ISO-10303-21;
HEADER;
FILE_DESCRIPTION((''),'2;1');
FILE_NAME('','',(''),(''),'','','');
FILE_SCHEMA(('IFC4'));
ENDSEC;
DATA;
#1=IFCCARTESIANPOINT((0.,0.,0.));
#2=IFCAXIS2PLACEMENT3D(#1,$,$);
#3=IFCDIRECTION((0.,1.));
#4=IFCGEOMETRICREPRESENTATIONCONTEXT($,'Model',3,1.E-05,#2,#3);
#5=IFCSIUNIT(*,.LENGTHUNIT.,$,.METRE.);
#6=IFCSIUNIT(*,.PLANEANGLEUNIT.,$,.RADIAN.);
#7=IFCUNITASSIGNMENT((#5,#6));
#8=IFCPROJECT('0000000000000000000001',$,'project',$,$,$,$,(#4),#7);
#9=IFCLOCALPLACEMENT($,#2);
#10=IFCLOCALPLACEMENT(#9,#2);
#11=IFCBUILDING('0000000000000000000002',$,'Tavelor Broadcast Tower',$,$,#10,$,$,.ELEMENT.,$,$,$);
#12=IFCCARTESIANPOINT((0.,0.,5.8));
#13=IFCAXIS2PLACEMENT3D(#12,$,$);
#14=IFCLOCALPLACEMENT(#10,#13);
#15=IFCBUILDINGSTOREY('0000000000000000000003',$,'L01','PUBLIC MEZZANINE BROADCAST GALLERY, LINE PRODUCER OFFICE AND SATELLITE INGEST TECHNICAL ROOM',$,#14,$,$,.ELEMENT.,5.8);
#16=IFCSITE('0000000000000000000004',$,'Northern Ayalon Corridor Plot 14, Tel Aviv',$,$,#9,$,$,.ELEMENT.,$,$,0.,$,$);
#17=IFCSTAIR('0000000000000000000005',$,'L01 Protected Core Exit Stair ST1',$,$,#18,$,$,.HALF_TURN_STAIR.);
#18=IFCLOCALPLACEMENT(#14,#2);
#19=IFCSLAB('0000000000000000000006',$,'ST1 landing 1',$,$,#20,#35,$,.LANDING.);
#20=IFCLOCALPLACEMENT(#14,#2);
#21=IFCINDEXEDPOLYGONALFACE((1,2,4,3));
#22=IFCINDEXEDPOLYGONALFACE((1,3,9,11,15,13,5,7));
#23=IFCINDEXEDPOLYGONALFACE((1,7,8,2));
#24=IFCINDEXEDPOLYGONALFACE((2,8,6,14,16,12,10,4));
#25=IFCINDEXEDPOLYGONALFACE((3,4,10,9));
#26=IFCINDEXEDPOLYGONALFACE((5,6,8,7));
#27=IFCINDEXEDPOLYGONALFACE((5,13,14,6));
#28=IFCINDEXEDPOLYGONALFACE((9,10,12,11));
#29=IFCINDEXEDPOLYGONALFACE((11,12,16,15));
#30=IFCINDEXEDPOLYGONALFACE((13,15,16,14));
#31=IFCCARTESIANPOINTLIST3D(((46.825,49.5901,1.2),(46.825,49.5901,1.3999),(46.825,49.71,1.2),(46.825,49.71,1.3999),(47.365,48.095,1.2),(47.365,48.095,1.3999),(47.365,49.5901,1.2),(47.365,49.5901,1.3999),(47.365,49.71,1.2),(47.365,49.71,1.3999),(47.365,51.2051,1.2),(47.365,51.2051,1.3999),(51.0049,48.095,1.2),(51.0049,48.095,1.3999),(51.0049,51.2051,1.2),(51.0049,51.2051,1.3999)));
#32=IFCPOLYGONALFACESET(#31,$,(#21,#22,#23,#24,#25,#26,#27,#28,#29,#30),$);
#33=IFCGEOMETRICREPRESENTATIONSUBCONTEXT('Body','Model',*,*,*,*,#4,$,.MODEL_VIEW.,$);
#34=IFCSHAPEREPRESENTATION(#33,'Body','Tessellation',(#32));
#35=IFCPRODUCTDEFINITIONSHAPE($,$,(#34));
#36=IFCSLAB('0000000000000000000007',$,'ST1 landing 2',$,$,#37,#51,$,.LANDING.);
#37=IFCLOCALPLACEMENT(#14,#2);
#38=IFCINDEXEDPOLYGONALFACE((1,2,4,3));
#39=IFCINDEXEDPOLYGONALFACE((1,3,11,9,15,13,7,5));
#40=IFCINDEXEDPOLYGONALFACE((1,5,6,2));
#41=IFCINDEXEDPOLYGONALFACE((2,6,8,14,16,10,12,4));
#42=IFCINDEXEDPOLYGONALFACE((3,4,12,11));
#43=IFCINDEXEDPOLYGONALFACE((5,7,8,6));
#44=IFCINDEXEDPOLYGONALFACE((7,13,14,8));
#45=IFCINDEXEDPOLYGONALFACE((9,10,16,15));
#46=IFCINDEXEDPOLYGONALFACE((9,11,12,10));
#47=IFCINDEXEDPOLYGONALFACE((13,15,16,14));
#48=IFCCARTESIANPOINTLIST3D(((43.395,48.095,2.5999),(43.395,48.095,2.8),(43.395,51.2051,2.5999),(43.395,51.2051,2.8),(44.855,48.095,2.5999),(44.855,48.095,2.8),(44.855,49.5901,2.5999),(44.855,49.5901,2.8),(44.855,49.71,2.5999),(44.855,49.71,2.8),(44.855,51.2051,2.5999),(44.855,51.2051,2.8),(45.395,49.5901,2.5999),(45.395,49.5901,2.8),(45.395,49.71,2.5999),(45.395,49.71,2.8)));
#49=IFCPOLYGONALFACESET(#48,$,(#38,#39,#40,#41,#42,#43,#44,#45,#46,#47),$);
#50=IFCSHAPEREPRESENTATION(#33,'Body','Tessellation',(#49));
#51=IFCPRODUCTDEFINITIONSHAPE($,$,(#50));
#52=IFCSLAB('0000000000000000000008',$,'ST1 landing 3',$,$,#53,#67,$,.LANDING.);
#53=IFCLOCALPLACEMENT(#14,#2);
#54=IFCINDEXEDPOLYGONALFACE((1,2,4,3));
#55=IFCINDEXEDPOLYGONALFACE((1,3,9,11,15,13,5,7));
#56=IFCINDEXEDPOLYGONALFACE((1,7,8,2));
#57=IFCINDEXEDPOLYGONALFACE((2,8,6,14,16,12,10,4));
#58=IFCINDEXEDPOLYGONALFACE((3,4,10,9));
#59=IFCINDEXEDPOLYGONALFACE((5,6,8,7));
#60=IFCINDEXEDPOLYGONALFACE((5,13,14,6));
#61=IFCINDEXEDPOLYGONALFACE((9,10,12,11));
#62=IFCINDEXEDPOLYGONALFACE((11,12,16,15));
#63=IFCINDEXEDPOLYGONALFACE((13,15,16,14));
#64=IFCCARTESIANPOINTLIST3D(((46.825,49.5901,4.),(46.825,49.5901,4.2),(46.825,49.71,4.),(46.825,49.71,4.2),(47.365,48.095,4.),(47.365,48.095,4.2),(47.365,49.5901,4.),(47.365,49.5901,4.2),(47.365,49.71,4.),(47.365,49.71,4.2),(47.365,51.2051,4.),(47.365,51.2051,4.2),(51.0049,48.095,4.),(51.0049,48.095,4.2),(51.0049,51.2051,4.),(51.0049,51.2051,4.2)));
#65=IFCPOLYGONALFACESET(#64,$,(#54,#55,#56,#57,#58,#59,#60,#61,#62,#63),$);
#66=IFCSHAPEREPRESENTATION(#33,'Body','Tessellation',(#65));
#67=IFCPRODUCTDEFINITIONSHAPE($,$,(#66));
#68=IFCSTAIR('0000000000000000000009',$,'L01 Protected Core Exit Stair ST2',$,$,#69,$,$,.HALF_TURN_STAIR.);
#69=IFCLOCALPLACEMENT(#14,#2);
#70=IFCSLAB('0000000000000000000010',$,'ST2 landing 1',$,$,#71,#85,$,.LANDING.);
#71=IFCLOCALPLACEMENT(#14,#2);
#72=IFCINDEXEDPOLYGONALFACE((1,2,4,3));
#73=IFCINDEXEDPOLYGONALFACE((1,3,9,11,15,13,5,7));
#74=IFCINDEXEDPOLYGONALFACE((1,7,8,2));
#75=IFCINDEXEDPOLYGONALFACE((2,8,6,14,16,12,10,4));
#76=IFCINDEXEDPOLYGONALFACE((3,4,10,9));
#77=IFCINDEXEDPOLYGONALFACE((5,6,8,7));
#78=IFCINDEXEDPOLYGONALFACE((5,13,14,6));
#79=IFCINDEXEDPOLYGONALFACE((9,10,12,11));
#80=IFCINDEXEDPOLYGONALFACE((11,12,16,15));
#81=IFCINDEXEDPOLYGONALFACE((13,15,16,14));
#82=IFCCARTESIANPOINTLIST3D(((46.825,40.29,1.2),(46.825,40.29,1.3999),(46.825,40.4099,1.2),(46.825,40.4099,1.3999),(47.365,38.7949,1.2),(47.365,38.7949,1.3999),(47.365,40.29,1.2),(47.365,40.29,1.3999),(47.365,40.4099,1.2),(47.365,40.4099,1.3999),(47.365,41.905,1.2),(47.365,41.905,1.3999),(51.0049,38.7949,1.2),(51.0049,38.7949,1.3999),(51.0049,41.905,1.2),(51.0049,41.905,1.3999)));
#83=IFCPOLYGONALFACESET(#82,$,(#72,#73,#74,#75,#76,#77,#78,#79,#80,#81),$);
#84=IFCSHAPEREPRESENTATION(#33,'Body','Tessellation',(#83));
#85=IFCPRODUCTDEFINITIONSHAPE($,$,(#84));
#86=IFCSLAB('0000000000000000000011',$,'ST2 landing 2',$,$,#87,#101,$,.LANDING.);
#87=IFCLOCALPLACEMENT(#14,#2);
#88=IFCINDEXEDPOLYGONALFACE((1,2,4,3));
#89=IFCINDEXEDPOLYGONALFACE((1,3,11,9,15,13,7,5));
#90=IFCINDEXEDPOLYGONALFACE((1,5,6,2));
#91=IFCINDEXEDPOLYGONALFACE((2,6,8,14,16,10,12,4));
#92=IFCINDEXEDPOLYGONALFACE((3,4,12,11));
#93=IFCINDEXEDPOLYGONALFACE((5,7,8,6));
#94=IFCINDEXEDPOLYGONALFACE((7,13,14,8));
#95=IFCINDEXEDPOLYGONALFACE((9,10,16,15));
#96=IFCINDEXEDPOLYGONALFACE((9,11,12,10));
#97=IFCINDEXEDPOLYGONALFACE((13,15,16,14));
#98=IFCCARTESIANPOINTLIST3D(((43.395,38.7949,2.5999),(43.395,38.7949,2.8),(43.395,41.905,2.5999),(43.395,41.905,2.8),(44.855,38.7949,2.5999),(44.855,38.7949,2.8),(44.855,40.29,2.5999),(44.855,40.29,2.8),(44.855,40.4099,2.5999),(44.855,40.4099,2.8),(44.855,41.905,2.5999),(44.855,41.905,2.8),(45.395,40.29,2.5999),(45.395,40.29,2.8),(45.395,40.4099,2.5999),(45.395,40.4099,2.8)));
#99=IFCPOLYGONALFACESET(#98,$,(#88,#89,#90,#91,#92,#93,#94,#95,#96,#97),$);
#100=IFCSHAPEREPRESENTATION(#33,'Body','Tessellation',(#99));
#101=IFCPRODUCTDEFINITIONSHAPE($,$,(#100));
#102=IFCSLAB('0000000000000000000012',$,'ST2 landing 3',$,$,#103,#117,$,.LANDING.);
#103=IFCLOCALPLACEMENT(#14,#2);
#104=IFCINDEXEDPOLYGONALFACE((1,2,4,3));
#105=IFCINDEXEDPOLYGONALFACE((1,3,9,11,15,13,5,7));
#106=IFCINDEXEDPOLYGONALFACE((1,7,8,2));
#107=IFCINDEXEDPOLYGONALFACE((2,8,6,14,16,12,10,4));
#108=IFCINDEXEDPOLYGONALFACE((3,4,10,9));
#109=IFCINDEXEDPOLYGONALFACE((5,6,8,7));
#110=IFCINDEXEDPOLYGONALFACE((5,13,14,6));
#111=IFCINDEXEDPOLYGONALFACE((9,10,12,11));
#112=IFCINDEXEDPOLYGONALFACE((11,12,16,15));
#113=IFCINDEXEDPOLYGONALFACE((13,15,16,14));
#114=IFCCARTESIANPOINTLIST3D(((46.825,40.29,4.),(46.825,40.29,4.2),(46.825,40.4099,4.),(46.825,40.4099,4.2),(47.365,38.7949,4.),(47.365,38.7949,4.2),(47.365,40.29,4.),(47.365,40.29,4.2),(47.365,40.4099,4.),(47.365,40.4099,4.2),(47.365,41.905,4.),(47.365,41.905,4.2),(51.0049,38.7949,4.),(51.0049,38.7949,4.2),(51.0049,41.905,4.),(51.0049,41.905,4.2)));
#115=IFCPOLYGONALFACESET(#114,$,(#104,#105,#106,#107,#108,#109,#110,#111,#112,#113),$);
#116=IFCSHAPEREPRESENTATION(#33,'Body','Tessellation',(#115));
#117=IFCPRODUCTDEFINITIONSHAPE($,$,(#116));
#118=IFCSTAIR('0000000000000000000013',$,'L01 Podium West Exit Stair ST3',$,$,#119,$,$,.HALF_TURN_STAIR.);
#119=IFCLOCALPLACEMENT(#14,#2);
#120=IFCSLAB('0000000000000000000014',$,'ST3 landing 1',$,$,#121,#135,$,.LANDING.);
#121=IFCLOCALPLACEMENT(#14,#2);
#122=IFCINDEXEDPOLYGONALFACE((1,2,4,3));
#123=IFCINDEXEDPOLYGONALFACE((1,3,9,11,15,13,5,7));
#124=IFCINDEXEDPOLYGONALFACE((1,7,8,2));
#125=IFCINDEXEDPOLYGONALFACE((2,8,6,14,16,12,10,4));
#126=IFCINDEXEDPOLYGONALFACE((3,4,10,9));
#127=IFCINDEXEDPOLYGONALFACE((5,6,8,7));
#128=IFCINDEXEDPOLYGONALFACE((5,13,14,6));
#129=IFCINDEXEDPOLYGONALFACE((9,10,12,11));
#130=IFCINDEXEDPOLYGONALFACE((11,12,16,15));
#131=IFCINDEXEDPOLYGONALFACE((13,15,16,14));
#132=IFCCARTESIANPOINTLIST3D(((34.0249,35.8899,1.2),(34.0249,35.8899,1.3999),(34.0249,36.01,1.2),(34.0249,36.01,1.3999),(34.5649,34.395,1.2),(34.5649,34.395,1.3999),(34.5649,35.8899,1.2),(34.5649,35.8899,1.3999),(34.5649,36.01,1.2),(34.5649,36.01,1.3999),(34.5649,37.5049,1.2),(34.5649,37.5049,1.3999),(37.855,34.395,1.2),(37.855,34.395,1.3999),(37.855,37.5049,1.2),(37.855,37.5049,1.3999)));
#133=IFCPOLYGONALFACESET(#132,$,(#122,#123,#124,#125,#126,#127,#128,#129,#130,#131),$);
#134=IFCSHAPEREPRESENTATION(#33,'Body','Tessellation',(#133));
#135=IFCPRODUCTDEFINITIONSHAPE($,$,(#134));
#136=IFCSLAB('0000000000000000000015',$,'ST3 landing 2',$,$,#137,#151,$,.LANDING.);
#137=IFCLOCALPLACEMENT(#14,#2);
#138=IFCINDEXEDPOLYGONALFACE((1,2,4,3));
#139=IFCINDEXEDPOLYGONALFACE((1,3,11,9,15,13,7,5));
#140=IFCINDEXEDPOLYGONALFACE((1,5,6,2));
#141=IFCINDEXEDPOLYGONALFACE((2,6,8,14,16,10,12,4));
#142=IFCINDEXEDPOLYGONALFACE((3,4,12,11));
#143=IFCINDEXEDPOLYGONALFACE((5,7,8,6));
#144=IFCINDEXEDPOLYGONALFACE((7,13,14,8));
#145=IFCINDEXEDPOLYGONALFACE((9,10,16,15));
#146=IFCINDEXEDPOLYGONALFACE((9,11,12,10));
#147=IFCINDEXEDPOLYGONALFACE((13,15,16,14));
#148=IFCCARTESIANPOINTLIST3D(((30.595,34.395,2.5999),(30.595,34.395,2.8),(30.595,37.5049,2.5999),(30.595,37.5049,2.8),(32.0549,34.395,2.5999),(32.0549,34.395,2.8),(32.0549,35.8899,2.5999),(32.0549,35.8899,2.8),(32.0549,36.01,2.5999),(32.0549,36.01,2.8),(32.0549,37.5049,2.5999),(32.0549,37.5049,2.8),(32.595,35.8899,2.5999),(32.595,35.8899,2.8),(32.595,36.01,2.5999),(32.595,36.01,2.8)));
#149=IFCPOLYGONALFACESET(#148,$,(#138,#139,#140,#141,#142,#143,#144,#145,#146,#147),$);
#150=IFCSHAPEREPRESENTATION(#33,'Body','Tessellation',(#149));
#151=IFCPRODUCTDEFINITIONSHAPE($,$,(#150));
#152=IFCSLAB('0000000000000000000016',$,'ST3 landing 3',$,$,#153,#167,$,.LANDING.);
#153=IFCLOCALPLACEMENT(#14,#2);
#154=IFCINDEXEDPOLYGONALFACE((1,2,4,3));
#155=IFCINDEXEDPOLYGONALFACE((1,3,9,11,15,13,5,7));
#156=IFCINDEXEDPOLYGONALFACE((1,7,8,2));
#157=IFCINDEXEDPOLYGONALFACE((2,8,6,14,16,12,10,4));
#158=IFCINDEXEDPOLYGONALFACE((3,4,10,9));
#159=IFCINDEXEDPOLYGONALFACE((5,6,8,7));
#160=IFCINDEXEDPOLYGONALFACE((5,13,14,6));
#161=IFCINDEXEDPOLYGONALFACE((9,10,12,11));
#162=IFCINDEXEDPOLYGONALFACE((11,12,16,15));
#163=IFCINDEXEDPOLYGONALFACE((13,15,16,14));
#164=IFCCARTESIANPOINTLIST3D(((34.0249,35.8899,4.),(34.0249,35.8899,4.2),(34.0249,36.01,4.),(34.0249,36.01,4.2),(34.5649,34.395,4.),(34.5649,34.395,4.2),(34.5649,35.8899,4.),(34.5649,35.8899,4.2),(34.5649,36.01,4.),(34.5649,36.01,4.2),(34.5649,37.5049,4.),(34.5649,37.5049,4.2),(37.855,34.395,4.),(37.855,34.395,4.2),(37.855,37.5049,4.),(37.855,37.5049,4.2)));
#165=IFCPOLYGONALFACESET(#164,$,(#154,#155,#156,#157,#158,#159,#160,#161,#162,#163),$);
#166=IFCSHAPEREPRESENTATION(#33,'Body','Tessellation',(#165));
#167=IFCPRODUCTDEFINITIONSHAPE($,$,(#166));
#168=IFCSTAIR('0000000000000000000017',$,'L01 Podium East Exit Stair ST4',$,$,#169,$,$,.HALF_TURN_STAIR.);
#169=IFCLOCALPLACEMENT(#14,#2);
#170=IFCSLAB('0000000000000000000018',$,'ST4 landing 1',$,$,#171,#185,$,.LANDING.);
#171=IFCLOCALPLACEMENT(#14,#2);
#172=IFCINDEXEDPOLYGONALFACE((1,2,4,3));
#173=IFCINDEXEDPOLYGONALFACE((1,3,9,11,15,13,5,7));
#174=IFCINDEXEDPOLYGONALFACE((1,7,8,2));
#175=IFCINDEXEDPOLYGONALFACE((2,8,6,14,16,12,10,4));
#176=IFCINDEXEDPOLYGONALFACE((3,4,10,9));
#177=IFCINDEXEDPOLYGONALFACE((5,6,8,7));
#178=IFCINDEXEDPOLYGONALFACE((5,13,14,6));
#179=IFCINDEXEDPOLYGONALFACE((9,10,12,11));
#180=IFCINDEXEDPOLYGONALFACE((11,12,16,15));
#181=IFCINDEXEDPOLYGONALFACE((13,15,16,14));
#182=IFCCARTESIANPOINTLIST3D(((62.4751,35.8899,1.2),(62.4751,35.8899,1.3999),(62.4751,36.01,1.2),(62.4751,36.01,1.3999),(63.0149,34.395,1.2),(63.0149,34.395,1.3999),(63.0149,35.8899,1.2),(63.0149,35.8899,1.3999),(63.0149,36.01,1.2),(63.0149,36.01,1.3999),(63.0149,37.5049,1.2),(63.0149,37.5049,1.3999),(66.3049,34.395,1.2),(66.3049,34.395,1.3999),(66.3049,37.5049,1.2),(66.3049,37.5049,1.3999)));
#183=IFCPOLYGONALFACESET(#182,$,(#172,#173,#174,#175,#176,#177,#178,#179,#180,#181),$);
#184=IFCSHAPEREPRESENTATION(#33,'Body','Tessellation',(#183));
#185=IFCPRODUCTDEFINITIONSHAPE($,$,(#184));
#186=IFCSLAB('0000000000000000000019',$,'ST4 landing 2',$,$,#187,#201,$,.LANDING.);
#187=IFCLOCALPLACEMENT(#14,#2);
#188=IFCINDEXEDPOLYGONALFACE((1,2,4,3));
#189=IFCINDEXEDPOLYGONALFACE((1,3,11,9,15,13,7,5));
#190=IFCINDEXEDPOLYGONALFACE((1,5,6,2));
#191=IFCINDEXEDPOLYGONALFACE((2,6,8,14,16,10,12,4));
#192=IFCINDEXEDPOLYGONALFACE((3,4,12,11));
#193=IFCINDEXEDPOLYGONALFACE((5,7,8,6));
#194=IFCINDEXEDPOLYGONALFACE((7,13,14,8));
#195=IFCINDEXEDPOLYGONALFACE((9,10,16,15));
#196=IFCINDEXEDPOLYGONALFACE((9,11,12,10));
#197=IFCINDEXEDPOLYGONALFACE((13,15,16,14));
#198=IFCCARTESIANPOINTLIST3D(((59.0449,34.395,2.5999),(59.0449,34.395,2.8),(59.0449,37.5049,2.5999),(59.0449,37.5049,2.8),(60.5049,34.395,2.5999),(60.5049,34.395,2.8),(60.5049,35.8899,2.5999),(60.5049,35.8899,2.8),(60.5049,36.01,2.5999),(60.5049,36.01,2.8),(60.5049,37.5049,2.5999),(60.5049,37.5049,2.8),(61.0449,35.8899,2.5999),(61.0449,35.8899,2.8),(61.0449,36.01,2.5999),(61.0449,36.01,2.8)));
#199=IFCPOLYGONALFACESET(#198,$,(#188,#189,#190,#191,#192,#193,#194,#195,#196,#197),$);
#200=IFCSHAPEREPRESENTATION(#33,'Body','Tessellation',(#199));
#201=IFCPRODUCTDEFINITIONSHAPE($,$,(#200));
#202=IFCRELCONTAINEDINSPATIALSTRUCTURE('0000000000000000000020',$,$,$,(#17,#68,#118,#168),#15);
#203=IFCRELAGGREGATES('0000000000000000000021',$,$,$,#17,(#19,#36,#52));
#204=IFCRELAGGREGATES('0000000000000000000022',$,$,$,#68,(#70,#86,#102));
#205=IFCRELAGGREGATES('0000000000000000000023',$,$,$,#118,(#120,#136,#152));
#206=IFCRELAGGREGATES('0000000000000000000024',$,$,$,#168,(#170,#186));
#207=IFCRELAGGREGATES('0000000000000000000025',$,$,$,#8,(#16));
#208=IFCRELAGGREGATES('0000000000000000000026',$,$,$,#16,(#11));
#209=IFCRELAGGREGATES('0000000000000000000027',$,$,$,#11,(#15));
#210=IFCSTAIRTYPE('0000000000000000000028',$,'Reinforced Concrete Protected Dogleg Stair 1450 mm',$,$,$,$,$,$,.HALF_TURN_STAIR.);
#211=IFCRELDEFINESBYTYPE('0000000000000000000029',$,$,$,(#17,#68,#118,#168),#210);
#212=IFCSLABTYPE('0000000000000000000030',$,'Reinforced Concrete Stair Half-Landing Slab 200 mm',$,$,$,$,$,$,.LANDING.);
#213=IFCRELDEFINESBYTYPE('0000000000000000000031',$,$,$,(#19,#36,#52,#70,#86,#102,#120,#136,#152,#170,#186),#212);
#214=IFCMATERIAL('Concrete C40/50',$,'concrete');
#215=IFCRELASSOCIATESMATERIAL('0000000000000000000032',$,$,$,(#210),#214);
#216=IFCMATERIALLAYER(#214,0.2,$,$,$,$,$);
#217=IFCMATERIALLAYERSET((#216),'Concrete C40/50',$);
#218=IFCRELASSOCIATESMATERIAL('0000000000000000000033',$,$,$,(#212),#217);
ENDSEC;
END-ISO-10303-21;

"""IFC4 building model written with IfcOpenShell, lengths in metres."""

from ifc_helpers import new_model, si_unit, direction, frame, origin, place, context, subcontext, project, spatial, polyline, outline, extrude, material, layer, layer_set, type_object, element, aggregate, save


model = new_model("IFC4")

# Units and contexts
model_context = context("Model", 3, precision=1e-05, world=origin(), true_north=direction((0.0, 1.0)))
body_context = subcontext(model_context, "Body", "Model", "MODEL_VIEW")
ifc_project = project(units=[si_unit("LENGTHUNIT", "METRE"), si_unit("PLANEANGLEUNIT", "RADIAN")], contexts=[model_context])

# Site, building, storey
site_placement = place(None, origin())
site = spatial("IfcSite", under=ifc_project, at=site_placement, Name="Northern Ayalon Corridor Plot 14, Tel Aviv", CompositionType="ELEMENT", RefElevation=0.0)
building_placement = place(site_placement, origin())
building = spatial("IfcBuilding", under=site, at=building_placement, Name="Tavelor Broadcast Tower", CompositionType="ELEMENT")
storey_placement = place(building_placement, frame((0.0, 0.0, 5.8)))
storey = spatial("IfcBuildingStorey", under=building, at=storey_placement, Name="L01", Description="PUBLIC MEZZANINE BROADCAST GALLERY, LINE PRODUCER OFFICE AND SATELLITE INGEST TECHNICAL ROOM", CompositionType="ELEMENT", Elevation=5.8)

# Shared definitions
ifc_material_1 = material(Name="Concrete C40/50", Category="concrete")

# Stairs, slabs
stair_type = type_object("IfcStairType", Name="Reinforced Concrete Protected Dogleg Stair 1450 mm", PredefinedType="HALF_TURN_STAIR", material=ifc_material_1)
stair_1_placement = place(storey_placement, origin())
stair_1 = element("IfcStair", 1, at=stair_1_placement, inside=storey, type_object=stair_type, Name="L01 Protected Core Exit Stair ST1", PredefinedType="HALF_TURN_STAIR")
ifc_layer_1 = layer(ifc_material_1, 0.2)
ifc_layer_set_1 = layer_set([ifc_layer_1], Name="Concrete C40/50")
slab_type_1 = type_object("IfcSlabType", Name="Reinforced Concrete Stair Half-Landing Slab 200 mm", PredefinedType="LANDING", material=ifc_layer_set_1)
slab_1_placement = place(storey_placement, frame((0.0, 0.0, 1.2)))
slab_1 = element("IfcSlab", 2, at=slab_1_placement, type_object=slab_type_1, Name="ST1 landing 1", PredefinedType="LANDING", context=body_context, shape_type="SweptSolid", body=[
    extrude(outline(polyline([(47.365, 49.5901), (47.365, 48.095), (51.0049, 48.095), (51.0049, 51.2051), (47.365, 51.2051), (47.365, 49.71), (46.825, 49.71), (46.825, 49.5901), (47.365, 49.5901)])), origin(), (0.0, 0.0, 1.0), 0.2),
])
slab_2_placement = place(storey_placement, frame((0.0, 0.0, 2.5999)))
slab_2 = element("IfcSlab", 3, at=slab_2_placement, type_object=slab_type_1, Name="ST1 landing 2", PredefinedType="LANDING", context=body_context, shape_type="SweptSolid", body=[
    extrude(outline(polyline([(43.395, 48.095), (44.855, 48.095), (44.855, 49.5901), (45.395, 49.5901), (45.395, 49.71), (44.855, 49.71), (44.855, 51.2051), (43.395, 51.2051), (43.395, 48.095)])), origin(), (0.0, 0.0, 1.0), 0.2002),
])
slab_3_placement = place(storey_placement, frame((0.0, 0.0, 4.0)))
slab_3 = element("IfcSlab", 4, at=slab_3_placement, type_object=slab_type_1, Name="ST1 landing 3", PredefinedType="LANDING", context=body_context, shape_type="SweptSolid", body=[
    extrude(outline(polyline([(47.365, 49.5901), (47.365, 48.095), (51.0049, 48.095), (51.0049, 51.2051), (47.365, 51.2051), (47.365, 49.71), (46.825, 49.71), (46.825, 49.5901), (47.365, 49.5901)])), origin(), (0.0, 0.0, 1.0), 0.2),
])
aggregate(stair_1, [slab_1, slab_2, slab_3])
stair_2_placement = place(storey_placement, origin())
stair_2 = element("IfcStair", 5, at=stair_2_placement, inside=storey, type_object=stair_type, Name="L01 Protected Core Exit Stair ST2", PredefinedType="HALF_TURN_STAIR")
slab_4_placement = place(storey_placement, frame((0.0, 0.0, 1.2)))
slab_4 = element("IfcSlab", 6, at=slab_4_placement, type_object=slab_type_1, Name="ST2 landing 1", PredefinedType="LANDING", context=body_context, shape_type="SweptSolid", body=[
    extrude(outline(polyline([(47.365, 40.29), (47.365, 38.7949), (51.0049, 38.7949), (51.0049, 41.905), (47.365, 41.905), (47.365, 40.4099), (46.825, 40.4099), (46.825, 40.29), (47.365, 40.29)])), origin(), (0.0, 0.0, 1.0), 0.2),
])
slab_5_placement = place(storey_placement, frame((0.0, 0.0, 2.5999)))
slab_5 = element("IfcSlab", 7, at=slab_5_placement, type_object=slab_type_1, Name="ST2 landing 2", PredefinedType="LANDING", context=body_context, shape_type="SweptSolid", body=[
    extrude(outline(polyline([(43.395, 38.7949), (44.855, 38.7949), (44.855, 40.29), (45.395, 40.29), (45.395, 40.4099), (44.855, 40.4099), (44.855, 41.905), (43.395, 41.905), (43.395, 38.7949)])), origin(), (0.0, 0.0, 1.0), 0.2002),
])
slab_6_placement = place(storey_placement, frame((0.0, 0.0, 4.0)))
slab_6 = element("IfcSlab", 8, at=slab_6_placement, type_object=slab_type_1, Name="ST2 landing 3", PredefinedType="LANDING", context=body_context, shape_type="SweptSolid", body=[
    extrude(outline(polyline([(47.365, 40.29), (47.365, 38.7949), (51.0049, 38.7949), (51.0049, 41.905), (47.365, 41.905), (47.365, 40.4099), (46.825, 40.4099), (46.825, 40.29), (47.365, 40.29)])), origin(), (0.0, 0.0, 1.0), 0.2),
])
aggregate(stair_2, [slab_4, slab_5, slab_6])
stair_3_placement = place(storey_placement, origin())
stair_3 = element("IfcStair", 9, at=stair_3_placement, inside=storey, type_object=stair_type, Name="L01 Podium West Exit Stair ST3", PredefinedType="HALF_TURN_STAIR")
slab_7_placement = place(storey_placement, frame((0.0, 0.0, 1.2)))
slab_7 = element("IfcSlab", 10, at=slab_7_placement, type_object=slab_type_1, Name="ST3 landing 1", PredefinedType="LANDING", context=body_context, shape_type="SweptSolid", body=[
    extrude(outline(polyline([(34.5649, 35.8899), (34.5649, 34.395), (37.855, 34.395), (37.855, 37.5049), (34.5649, 37.5049), (34.5649, 36.01), (34.0249, 36.01), (34.0249, 35.8899), (34.5649, 35.8899)])), origin(), (0.0, 0.0, 1.0), 0.2),
])
slab_8_placement = place(storey_placement, frame((0.0, 0.0, 2.5999)))
slab_8 = element("IfcSlab", 11, at=slab_8_placement, type_object=slab_type_1, Name="ST3 landing 2", PredefinedType="LANDING", context=body_context, shape_type="SweptSolid", body=[
    extrude(outline(polyline([(30.595, 34.395), (32.0549, 34.395), (32.0549, 35.8899), (32.595, 35.8899), (32.595, 36.01), (32.0549, 36.01), (32.0549, 37.5049), (30.595, 37.5049), (30.595, 34.395)])), origin(), (0.0, 0.0, 1.0), 0.2002),
])
slab_9_placement = place(storey_placement, frame((0.0, 0.0, 4.0)))
slab_9 = element("IfcSlab", 12, at=slab_9_placement, type_object=slab_type_1, Name="ST3 landing 3", PredefinedType="LANDING", context=body_context, shape_type="SweptSolid", body=[
    extrude(outline(polyline([(34.5649, 35.8899), (34.5649, 34.395), (37.855, 34.395), (37.855, 37.5049), (34.5649, 37.5049), (34.5649, 36.01), (34.0249, 36.01), (34.0249, 35.8899), (34.5649, 35.8899)])), origin(), (0.0, 0.0, 1.0), 0.2),
])
aggregate(stair_3, [slab_7, slab_8, slab_9])
stair_4_placement = place(storey_placement, origin())
stair_4 = element("IfcStair", 13, at=stair_4_placement, inside=storey, type_object=stair_type, Name="L01 Podium East Exit Stair ST4", PredefinedType="HALF_TURN_STAIR")
slab_10_placement = place(storey_placement, frame((0.0, 0.0, 1.2)))
slab_10 = element("IfcSlab", 14, at=slab_10_placement, type_object=slab_type_1, Name="ST4 landing 1", PredefinedType="LANDING", context=body_context, shape_type="SweptSolid", body=[
    extrude(outline(polyline([(63.0149, 35.8899), (63.0149, 34.395), (66.3049, 34.395), (66.3049, 37.5049), (63.0149, 37.5049), (63.0149, 36.01), (62.4751, 36.01), (62.4751, 35.8899), (63.0149, 35.8899)])), origin(), (0.0, 0.0, 1.0), 0.2),
])
slab_11_placement = place(storey_placement, frame((0.0, 0.0, 2.5999)))
slab_11 = element("IfcSlab", 15, at=slab_11_placement, type_object=slab_type_1, Name="ST4 landing 2", PredefinedType="LANDING", context=body_context, shape_type="SweptSolid", body=[
    extrude(outline(polyline([(59.0449, 34.395), (60.5049, 34.395), (60.5049, 35.8899), (61.0449, 35.8899), (61.0449, 36.01), (60.5049, 36.01), (60.5049, 37.5049), (59.0449, 37.5049), (59.0449, 34.395)])), origin(), (0.0, 0.0, 1.0), 0.2002),
])
aggregate(stair_4, [slab_10, slab_11])

save(model, "model.ifc")
